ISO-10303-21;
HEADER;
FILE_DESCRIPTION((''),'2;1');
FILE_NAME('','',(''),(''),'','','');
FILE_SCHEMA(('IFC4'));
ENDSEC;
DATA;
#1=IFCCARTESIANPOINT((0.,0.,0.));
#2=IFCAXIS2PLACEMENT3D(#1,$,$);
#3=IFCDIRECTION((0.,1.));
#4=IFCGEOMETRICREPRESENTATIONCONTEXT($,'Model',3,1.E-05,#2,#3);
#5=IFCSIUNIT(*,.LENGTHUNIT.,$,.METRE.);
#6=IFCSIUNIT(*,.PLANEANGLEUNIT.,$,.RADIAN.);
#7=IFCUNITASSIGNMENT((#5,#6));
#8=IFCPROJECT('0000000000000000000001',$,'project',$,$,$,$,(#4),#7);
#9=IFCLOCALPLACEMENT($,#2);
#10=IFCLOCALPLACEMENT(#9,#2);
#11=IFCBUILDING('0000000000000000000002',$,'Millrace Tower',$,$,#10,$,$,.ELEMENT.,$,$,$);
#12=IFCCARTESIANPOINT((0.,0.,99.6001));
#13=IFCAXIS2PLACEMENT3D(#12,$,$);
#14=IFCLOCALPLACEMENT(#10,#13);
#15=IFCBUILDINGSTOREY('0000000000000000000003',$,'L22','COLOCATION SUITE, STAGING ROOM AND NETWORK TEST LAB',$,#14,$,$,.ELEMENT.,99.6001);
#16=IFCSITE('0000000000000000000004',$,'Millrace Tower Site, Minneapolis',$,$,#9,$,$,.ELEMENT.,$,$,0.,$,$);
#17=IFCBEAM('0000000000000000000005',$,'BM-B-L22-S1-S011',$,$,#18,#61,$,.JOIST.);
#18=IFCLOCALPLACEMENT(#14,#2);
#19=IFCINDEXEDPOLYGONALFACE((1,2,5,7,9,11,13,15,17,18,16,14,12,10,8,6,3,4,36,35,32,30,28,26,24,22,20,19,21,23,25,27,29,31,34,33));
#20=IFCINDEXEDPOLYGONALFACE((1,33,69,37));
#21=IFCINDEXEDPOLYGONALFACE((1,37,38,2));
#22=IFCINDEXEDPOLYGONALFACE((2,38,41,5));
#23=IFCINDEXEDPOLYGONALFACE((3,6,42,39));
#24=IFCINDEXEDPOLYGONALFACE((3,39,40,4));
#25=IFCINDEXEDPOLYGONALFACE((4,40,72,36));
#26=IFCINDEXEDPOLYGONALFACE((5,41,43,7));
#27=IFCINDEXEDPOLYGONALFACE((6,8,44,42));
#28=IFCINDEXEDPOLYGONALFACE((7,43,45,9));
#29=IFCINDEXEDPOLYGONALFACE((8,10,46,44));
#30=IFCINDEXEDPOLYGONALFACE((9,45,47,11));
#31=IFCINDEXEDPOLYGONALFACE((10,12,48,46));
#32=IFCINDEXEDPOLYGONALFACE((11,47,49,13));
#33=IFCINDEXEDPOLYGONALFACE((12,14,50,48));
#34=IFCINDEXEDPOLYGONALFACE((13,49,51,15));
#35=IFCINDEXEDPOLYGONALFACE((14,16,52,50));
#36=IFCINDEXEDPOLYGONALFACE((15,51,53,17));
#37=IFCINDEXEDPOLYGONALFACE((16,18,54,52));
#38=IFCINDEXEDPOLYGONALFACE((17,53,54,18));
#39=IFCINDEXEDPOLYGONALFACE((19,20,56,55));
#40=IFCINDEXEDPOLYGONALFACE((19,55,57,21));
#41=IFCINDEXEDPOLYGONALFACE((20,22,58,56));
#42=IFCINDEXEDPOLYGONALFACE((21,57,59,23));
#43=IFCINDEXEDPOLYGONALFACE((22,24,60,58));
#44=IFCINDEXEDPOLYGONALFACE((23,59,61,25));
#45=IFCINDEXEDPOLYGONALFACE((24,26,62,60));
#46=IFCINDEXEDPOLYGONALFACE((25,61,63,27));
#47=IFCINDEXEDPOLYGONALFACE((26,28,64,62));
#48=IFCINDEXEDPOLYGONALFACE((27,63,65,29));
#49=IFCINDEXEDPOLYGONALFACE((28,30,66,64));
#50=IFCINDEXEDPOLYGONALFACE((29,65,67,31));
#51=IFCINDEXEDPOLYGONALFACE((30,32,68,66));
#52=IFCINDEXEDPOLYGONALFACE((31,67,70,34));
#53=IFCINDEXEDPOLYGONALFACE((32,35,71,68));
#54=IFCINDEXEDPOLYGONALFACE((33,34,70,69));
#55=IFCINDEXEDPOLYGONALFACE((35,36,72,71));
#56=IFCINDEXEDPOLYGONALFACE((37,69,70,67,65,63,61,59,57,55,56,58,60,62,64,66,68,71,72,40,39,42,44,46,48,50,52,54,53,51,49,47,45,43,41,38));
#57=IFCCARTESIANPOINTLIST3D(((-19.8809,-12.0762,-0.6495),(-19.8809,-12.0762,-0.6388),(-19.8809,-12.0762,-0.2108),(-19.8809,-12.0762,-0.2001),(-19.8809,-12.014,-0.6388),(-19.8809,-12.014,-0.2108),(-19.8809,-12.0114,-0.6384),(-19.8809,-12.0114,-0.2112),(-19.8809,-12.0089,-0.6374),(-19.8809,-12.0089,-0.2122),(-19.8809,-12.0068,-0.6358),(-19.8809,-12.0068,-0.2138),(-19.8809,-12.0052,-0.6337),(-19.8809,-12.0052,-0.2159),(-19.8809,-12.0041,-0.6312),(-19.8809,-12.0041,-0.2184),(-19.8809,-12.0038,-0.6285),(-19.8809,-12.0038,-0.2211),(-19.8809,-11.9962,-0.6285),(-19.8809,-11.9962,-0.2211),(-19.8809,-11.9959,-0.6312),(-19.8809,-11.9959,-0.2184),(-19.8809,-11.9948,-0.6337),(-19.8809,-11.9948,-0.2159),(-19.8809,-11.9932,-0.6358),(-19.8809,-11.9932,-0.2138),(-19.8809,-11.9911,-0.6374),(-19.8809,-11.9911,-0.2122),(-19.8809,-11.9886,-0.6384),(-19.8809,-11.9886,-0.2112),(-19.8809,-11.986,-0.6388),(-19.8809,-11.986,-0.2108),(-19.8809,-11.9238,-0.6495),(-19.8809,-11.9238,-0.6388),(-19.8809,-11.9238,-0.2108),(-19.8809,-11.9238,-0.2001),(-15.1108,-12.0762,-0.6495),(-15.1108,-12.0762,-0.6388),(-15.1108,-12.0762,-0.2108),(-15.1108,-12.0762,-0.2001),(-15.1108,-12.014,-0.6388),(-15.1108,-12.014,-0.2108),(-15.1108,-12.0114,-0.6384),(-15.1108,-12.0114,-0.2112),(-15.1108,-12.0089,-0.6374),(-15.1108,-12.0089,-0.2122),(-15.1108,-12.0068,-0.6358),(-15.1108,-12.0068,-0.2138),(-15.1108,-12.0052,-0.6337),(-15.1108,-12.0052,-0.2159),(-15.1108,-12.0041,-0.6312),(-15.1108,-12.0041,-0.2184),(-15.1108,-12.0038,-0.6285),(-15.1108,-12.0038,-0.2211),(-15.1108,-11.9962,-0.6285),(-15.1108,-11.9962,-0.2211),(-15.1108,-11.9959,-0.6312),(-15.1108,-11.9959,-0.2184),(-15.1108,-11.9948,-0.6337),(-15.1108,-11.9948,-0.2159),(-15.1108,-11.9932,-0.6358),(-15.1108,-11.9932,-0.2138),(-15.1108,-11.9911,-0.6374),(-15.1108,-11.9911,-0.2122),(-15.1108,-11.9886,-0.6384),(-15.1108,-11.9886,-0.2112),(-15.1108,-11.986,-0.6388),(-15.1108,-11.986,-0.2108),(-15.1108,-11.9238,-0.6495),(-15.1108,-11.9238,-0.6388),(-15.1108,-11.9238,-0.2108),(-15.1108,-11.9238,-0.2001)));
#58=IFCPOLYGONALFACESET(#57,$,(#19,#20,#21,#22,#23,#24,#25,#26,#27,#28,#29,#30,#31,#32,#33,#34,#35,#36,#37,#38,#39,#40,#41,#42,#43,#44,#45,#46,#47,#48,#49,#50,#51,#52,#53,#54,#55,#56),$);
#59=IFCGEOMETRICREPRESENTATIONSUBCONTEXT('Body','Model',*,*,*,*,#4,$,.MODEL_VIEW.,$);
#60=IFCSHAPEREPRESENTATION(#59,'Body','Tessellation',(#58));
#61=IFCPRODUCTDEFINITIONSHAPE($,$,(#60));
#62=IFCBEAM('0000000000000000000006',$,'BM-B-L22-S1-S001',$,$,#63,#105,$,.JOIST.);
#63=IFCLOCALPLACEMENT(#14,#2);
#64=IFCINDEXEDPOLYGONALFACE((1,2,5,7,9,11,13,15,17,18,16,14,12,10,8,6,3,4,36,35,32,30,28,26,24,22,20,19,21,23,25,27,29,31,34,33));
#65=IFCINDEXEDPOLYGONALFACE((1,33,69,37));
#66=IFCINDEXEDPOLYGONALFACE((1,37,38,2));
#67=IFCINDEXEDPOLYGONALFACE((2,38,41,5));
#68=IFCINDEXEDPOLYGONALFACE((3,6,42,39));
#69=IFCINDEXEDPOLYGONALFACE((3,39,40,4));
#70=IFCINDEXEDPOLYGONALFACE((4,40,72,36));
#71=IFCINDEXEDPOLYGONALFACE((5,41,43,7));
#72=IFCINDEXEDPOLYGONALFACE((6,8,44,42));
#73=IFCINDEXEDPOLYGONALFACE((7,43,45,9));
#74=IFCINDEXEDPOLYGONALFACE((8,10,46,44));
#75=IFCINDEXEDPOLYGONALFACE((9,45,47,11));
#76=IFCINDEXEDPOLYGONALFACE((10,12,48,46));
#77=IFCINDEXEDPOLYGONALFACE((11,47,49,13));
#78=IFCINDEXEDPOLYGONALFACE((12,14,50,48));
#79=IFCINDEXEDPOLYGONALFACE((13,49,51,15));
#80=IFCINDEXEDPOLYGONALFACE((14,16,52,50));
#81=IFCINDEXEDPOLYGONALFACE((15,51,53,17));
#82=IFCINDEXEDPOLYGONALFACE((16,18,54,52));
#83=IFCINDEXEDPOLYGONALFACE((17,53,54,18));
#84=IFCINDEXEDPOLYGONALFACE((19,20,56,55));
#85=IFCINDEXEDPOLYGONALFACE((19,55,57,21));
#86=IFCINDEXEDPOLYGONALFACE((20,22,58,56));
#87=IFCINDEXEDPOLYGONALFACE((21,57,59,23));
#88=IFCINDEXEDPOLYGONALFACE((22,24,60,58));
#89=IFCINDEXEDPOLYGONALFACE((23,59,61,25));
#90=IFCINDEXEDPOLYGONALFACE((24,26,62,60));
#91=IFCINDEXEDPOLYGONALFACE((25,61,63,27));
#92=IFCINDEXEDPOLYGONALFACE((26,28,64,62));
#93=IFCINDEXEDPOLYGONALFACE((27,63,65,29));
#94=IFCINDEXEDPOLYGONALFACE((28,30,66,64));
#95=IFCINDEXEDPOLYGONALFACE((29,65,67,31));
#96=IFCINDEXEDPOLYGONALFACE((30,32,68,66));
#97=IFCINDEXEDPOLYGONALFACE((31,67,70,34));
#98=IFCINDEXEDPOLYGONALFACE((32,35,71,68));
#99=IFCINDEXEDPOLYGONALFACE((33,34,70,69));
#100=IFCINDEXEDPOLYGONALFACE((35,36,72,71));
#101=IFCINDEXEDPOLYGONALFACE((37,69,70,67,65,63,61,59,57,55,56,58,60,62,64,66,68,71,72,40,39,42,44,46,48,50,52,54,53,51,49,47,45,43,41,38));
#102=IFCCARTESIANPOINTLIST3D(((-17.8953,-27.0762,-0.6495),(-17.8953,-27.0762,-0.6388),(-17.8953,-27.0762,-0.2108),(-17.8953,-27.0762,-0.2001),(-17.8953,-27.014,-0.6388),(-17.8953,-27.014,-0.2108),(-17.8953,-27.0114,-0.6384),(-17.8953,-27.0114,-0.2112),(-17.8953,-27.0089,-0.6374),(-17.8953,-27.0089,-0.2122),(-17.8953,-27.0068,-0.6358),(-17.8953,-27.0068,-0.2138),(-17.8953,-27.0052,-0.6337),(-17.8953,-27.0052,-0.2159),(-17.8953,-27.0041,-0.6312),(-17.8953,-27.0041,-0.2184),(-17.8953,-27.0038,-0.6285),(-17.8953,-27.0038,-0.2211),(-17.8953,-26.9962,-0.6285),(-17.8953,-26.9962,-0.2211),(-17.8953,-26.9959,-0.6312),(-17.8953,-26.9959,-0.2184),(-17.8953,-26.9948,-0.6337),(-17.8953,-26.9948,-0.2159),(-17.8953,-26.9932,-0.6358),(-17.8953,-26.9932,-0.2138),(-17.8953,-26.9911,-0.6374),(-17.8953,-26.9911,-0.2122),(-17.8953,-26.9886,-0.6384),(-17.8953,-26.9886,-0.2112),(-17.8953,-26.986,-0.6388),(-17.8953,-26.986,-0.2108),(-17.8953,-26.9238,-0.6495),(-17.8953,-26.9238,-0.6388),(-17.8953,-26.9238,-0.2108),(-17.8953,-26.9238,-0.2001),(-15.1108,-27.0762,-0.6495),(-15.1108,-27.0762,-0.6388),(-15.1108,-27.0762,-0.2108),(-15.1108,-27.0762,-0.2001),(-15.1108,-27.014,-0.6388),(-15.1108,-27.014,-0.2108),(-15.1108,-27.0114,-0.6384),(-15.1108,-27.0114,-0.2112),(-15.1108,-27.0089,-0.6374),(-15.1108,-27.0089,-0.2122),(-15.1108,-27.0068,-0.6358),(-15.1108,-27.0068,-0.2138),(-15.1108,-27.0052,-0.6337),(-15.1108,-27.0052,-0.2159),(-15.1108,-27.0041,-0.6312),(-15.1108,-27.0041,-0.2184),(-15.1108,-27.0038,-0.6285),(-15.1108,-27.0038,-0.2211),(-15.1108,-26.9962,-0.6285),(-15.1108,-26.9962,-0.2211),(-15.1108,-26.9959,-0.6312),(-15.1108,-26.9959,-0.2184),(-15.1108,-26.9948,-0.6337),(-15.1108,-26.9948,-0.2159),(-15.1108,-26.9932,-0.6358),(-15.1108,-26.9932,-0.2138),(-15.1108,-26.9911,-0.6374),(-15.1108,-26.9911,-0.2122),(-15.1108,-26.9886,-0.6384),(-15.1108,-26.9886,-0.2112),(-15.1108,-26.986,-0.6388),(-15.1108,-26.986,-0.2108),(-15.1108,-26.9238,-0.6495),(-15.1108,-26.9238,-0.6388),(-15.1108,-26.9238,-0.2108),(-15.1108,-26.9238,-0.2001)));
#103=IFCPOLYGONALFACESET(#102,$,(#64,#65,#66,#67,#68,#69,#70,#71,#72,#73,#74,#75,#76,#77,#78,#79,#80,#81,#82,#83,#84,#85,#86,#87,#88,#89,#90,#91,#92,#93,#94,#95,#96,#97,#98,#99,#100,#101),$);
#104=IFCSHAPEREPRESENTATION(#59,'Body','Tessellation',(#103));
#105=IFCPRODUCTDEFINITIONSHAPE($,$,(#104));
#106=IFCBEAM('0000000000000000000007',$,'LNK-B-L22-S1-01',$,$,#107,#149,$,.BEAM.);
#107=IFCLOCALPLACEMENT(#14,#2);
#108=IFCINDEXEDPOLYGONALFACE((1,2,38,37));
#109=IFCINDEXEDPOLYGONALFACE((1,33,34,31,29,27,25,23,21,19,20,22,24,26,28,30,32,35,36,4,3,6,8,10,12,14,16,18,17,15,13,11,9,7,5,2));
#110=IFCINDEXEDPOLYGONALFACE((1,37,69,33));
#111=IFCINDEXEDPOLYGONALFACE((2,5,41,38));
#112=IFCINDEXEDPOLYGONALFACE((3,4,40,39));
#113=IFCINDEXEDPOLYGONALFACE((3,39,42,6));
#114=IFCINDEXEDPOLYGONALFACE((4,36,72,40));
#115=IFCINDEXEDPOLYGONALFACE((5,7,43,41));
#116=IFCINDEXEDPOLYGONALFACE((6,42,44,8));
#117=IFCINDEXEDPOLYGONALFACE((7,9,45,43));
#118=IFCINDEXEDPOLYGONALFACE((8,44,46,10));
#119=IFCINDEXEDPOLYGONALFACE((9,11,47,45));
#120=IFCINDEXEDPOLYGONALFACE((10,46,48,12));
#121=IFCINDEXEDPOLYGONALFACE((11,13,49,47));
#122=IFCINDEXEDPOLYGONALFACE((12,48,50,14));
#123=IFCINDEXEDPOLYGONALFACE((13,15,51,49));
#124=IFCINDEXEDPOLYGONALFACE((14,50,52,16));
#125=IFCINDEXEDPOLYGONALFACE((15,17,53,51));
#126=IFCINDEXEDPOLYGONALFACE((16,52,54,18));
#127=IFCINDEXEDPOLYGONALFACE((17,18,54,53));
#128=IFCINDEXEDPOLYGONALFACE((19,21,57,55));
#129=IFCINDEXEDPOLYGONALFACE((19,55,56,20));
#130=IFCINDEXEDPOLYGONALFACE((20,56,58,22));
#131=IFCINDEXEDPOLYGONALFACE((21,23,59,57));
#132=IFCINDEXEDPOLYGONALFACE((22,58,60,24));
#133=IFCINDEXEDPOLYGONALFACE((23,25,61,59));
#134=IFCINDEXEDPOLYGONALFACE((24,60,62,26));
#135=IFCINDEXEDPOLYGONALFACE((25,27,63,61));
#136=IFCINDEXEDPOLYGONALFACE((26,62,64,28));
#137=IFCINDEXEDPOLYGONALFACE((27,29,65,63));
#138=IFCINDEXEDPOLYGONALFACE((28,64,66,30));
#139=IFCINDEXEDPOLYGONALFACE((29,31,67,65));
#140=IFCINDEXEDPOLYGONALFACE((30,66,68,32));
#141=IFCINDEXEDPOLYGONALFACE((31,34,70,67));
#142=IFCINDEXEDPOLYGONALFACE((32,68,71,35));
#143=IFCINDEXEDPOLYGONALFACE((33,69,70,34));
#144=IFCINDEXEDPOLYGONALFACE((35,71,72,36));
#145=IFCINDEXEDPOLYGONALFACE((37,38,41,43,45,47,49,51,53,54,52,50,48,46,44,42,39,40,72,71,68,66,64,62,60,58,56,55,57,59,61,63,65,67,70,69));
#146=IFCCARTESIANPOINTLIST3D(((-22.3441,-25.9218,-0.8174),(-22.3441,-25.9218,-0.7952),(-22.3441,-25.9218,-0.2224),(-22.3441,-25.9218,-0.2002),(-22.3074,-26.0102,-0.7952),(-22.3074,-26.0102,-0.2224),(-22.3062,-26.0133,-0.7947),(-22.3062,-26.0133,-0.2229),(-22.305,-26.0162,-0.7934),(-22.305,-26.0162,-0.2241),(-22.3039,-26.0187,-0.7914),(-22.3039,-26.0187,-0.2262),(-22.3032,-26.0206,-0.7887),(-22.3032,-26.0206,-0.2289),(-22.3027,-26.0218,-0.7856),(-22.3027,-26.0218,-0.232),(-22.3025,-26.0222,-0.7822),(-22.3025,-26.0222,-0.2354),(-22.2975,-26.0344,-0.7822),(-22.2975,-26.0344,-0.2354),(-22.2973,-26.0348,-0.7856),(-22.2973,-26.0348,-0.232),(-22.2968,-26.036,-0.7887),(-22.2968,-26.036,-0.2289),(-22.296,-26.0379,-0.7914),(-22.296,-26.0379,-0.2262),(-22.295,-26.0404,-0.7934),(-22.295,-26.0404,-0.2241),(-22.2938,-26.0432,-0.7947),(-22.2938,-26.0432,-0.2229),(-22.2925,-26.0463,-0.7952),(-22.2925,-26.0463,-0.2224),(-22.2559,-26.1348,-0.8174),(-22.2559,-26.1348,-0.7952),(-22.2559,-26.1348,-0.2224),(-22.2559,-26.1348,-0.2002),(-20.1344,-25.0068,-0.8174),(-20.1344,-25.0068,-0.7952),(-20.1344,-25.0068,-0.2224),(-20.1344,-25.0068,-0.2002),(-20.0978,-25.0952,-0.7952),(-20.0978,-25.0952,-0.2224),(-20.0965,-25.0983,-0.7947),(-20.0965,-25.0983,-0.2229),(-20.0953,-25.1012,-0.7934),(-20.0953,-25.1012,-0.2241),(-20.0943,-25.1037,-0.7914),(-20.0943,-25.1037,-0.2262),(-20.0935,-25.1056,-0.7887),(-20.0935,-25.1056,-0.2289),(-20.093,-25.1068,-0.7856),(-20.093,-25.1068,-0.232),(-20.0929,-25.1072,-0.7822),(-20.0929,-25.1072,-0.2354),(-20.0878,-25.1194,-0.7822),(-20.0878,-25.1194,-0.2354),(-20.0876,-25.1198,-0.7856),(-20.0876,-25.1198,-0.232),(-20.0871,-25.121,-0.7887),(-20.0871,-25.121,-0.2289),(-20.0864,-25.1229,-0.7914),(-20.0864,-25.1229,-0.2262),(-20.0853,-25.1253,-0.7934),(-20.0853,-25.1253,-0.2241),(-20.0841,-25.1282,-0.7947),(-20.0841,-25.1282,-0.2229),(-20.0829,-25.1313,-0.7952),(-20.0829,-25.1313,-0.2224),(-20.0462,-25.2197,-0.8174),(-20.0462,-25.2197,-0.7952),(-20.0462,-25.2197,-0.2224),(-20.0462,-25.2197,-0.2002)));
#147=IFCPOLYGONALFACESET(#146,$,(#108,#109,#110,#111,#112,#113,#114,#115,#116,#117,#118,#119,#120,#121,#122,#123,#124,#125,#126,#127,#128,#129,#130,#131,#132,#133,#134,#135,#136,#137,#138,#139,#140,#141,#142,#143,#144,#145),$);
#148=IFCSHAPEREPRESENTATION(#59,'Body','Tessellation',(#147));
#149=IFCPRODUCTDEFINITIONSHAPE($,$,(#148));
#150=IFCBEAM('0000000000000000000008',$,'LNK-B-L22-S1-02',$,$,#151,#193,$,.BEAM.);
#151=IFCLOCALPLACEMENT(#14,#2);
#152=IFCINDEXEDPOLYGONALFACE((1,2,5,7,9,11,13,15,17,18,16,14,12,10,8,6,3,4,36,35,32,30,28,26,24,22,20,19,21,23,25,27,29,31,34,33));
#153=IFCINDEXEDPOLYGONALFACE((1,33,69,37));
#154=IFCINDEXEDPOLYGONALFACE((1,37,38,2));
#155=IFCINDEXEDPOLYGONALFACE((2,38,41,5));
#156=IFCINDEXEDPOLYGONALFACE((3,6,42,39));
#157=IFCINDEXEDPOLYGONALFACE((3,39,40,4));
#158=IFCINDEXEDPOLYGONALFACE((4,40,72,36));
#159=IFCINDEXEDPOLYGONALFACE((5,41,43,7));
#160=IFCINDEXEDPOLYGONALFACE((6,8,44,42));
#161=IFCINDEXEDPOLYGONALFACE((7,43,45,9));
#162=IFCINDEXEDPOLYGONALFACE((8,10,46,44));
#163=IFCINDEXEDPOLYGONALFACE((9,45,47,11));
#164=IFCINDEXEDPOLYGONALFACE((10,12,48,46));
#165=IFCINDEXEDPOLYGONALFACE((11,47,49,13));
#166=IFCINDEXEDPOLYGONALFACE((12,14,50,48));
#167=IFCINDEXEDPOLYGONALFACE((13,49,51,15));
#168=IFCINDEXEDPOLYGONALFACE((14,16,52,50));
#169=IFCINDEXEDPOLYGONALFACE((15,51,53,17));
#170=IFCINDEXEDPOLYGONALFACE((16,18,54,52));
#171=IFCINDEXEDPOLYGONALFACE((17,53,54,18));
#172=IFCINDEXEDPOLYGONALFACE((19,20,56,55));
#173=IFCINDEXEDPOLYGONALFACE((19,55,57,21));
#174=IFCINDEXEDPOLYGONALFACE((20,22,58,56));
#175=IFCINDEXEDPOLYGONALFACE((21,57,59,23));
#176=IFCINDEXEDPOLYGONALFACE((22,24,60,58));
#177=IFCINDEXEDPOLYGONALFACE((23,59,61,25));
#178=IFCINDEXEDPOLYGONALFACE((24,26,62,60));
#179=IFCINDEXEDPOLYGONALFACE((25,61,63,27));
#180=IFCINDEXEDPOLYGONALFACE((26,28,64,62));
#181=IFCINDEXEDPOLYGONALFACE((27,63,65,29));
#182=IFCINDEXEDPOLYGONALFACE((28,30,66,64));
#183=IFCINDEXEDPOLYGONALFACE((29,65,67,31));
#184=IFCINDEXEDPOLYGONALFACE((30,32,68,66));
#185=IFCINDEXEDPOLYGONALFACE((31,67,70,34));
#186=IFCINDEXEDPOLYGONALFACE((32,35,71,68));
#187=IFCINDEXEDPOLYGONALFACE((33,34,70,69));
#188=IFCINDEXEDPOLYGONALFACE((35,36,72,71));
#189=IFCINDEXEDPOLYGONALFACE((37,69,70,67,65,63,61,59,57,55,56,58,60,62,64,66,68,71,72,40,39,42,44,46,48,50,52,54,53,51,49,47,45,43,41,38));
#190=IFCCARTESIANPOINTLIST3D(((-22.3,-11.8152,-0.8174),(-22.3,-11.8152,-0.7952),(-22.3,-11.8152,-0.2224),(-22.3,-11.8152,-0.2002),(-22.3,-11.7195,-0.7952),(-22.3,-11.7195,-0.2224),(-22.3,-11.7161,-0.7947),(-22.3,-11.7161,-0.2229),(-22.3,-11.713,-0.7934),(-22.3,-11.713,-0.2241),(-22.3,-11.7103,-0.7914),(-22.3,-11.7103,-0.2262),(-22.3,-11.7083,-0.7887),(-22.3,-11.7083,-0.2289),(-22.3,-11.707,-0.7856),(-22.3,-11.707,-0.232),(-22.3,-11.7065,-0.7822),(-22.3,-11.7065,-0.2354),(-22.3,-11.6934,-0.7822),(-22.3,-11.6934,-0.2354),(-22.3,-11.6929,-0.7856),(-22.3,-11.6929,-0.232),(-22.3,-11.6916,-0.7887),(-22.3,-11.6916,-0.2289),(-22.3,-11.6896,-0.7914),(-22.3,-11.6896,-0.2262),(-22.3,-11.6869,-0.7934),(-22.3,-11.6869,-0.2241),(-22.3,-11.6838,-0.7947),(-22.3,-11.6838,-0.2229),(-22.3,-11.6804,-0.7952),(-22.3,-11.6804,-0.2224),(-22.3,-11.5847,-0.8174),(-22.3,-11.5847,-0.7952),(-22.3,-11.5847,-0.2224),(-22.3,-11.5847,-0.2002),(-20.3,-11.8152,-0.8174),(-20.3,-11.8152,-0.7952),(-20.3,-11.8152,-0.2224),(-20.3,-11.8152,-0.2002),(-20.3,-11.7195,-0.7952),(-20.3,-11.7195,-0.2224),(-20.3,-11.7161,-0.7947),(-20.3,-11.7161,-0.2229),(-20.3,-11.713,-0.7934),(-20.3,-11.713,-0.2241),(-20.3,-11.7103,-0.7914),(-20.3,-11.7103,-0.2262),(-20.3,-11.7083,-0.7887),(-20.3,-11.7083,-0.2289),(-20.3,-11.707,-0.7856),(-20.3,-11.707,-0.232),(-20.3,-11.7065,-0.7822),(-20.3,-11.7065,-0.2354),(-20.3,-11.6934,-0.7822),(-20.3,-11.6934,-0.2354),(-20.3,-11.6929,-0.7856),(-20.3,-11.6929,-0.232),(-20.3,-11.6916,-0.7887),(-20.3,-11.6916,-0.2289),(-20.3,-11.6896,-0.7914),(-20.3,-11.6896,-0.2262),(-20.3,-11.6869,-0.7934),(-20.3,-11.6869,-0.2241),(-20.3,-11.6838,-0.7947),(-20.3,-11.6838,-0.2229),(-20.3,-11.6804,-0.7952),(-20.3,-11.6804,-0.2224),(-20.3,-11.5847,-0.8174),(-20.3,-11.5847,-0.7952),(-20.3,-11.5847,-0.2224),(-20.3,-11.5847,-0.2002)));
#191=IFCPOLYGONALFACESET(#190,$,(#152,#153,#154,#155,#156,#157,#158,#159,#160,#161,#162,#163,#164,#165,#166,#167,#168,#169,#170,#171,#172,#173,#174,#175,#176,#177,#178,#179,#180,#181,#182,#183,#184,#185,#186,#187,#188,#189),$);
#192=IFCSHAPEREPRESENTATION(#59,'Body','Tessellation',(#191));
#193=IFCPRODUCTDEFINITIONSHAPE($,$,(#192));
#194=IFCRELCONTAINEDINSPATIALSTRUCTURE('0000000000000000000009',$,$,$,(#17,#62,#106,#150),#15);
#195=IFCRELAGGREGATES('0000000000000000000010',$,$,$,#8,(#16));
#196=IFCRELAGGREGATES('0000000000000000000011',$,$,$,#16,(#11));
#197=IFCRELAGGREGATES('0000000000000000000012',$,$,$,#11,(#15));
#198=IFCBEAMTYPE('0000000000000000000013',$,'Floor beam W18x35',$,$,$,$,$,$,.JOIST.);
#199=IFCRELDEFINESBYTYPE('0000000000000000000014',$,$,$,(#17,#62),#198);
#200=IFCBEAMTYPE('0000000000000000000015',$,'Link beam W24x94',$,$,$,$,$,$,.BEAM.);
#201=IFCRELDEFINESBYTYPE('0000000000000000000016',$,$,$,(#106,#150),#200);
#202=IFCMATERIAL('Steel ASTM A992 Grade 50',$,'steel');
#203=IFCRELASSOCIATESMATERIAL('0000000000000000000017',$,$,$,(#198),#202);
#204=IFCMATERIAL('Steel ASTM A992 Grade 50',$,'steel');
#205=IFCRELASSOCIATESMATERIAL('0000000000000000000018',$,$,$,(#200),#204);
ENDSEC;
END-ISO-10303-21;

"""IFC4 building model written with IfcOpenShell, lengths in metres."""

from ifc_helpers import new_model, si_unit, direction, frame, origin, origin_2d, place, context, subcontext, project, spatial, i_section, extrude, material, material_profile, profile_set, type_object, element, save


model = new_model("IFC4")

# Units and contexts
model_context = context("Model", 3, precision=1e-05, world=origin(), true_north=direction((0.0, 1.0)))
body_context = subcontext(model_context, "Body", "Model", "MODEL_VIEW")
ifc_project = project(units=[si_unit("LENGTHUNIT", "METRE"), si_unit("PLANEANGLEUNIT", "RADIAN")], contexts=[model_context])

# Site, building, storey
site_placement = place(None, origin())
site = spatial("IfcSite", under=ifc_project, at=site_placement, Name="Millrace Tower Site, Minneapolis", CompositionType="ELEMENT", RefElevation=0.0)
building_placement = place(site_placement, origin())
building = spatial("IfcBuilding", under=site, at=building_placement, Name="Millrace Tower", CompositionType="ELEMENT")
storey_placement = place(building_placement, frame((0.0, 0.0, 99.6001)))
storey = spatial("IfcBuildingStorey", under=building, at=storey_placement, Name="L22", Description="COLOCATION SUITE, STAGING ROOM AND NETWORK TEST LAB", CompositionType="ELEMENT", Elevation=99.6001)

# Beams
ifc_material_1 = material(Name="Steel ASTM A992 Grade 50", Category="steel")
ifc_material_profile_1 = material_profile(ifc_material_1, i_section(OverallWidth=0.1523, OverallDepth=0.4495, WebThickness=0.0076, FlangeThickness=0.0107, FilletRadius=0.0103, at=origin_2d()))
ifc_profile_set_1 = profile_set([ifc_material_profile_1], Name="Steel ASTM A992 Grade 50")
beam_type_1 = type_object("IfcBeamType", Name="Floor beam W18x35", PredefinedType="JOIST", material=ifc_profile_set_1)
for number, where, z_axis, x_axis, name in (
    (1, (-19.8809, -12.0, -0.4248), (1.0, 0.0, 0.0), (0.0, 1.0, 0.0), "BM-B-L22-S1-S011"),
):
    element("IfcBeam", number, at=place(storey_placement, frame(where, z_axis=z_axis, x_axis=x_axis)), inside=storey, type_object=beam_type_1, Name=name, PredefinedType="JOIST", context=body_context, shape_type="SweptSolid", body=[
        extrude(i_section(OverallWidth=0.1523, OverallDepth=0.4495, WebThickness=0.0076, FlangeThickness=0.0107, FilletRadius=0.0103, at=origin_2d()), origin(), (0.0, 0.0, 1.0), 4.77),
    ])
beam_1_placement = place(storey_placement, frame((-17.8953, -27.0, -0.4248), z_axis=(1.0, 0.0, 0.0), x_axis=(0.0, 1.0, 0.0)))
element("IfcBeam", 2, at=beam_1_placement, inside=storey, type_object=beam_type_1, Name="BM-B-L22-S1-S001", PredefinedType="JOIST", context=body_context, shape_type="SweptSolid", body=[
    extrude(i_section(OverallWidth=0.1523, OverallDepth=0.4495, WebThickness=0.0076, FlangeThickness=0.0107, FilletRadius=0.0103, at=origin_2d()), origin(), (0.0, 0.0, 1.0), 2.7844),
])
ifc_material_2 = material(Name="Steel ASTM A992 Grade 50", Category="steel")
ifc_material_profile_2 = material_profile(ifc_material_2, i_section(OverallWidth=0.2305, OverallDepth=0.6172, WebThickness=0.0132, FlangeThickness=0.0222, FilletRadius=0.0129, at=origin_2d()))
ifc_profile_set_2 = profile_set([ifc_material_profile_2], Name="Steel ASTM A992 Grade 50")
beam_type_2 = type_object("IfcBeamType", Name="Link beam W24x94", PredefinedType="BEAM", material=ifc_profile_set_2)
beam_2_placement = place(storey_placement, frame((-20.0903, -25.1133, -0.5088), z_axis=(-0.923917, -0.382592, 0.0), x_axis=(0.382592, -0.923917, 0.0)))
element("IfcBeam", 3, at=beam_2_placement, inside=storey, type_object=beam_type_2, Name="LNK-B-L22-S1-01", PredefinedType="BEAM", context=body_context, shape_type="SweptSolid", body=[
    extrude(i_section(OverallWidth=0.2305, OverallDepth=0.6172, WebThickness=0.0132, FlangeThickness=0.0222, FilletRadius=0.0129, at=origin_2d()), origin(), (0.0, 0.0, 1.0), 2.3916),
])
beam_3_placement = place(storey_placement, frame((-20.3, -11.7, -0.5088), z_axis=(-1.0, 0.0, 0.0), x_axis=(0.0, -1.0, 0.0)))
element("IfcBeam", 4, at=beam_3_placement, inside=storey, type_object=beam_type_2, Name="LNK-B-L22-S1-02", PredefinedType="BEAM", context=body_context, shape_type="SweptSolid", body=[
    extrude(i_section(OverallWidth=0.2305, OverallDepth=0.6172, WebThickness=0.0132, FlangeThickness=0.0222, FilletRadius=0.0129, at=origin_2d()), origin(), (0.0, 0.0, 1.0), 2.0),
])

save(model, "model.ifc")
